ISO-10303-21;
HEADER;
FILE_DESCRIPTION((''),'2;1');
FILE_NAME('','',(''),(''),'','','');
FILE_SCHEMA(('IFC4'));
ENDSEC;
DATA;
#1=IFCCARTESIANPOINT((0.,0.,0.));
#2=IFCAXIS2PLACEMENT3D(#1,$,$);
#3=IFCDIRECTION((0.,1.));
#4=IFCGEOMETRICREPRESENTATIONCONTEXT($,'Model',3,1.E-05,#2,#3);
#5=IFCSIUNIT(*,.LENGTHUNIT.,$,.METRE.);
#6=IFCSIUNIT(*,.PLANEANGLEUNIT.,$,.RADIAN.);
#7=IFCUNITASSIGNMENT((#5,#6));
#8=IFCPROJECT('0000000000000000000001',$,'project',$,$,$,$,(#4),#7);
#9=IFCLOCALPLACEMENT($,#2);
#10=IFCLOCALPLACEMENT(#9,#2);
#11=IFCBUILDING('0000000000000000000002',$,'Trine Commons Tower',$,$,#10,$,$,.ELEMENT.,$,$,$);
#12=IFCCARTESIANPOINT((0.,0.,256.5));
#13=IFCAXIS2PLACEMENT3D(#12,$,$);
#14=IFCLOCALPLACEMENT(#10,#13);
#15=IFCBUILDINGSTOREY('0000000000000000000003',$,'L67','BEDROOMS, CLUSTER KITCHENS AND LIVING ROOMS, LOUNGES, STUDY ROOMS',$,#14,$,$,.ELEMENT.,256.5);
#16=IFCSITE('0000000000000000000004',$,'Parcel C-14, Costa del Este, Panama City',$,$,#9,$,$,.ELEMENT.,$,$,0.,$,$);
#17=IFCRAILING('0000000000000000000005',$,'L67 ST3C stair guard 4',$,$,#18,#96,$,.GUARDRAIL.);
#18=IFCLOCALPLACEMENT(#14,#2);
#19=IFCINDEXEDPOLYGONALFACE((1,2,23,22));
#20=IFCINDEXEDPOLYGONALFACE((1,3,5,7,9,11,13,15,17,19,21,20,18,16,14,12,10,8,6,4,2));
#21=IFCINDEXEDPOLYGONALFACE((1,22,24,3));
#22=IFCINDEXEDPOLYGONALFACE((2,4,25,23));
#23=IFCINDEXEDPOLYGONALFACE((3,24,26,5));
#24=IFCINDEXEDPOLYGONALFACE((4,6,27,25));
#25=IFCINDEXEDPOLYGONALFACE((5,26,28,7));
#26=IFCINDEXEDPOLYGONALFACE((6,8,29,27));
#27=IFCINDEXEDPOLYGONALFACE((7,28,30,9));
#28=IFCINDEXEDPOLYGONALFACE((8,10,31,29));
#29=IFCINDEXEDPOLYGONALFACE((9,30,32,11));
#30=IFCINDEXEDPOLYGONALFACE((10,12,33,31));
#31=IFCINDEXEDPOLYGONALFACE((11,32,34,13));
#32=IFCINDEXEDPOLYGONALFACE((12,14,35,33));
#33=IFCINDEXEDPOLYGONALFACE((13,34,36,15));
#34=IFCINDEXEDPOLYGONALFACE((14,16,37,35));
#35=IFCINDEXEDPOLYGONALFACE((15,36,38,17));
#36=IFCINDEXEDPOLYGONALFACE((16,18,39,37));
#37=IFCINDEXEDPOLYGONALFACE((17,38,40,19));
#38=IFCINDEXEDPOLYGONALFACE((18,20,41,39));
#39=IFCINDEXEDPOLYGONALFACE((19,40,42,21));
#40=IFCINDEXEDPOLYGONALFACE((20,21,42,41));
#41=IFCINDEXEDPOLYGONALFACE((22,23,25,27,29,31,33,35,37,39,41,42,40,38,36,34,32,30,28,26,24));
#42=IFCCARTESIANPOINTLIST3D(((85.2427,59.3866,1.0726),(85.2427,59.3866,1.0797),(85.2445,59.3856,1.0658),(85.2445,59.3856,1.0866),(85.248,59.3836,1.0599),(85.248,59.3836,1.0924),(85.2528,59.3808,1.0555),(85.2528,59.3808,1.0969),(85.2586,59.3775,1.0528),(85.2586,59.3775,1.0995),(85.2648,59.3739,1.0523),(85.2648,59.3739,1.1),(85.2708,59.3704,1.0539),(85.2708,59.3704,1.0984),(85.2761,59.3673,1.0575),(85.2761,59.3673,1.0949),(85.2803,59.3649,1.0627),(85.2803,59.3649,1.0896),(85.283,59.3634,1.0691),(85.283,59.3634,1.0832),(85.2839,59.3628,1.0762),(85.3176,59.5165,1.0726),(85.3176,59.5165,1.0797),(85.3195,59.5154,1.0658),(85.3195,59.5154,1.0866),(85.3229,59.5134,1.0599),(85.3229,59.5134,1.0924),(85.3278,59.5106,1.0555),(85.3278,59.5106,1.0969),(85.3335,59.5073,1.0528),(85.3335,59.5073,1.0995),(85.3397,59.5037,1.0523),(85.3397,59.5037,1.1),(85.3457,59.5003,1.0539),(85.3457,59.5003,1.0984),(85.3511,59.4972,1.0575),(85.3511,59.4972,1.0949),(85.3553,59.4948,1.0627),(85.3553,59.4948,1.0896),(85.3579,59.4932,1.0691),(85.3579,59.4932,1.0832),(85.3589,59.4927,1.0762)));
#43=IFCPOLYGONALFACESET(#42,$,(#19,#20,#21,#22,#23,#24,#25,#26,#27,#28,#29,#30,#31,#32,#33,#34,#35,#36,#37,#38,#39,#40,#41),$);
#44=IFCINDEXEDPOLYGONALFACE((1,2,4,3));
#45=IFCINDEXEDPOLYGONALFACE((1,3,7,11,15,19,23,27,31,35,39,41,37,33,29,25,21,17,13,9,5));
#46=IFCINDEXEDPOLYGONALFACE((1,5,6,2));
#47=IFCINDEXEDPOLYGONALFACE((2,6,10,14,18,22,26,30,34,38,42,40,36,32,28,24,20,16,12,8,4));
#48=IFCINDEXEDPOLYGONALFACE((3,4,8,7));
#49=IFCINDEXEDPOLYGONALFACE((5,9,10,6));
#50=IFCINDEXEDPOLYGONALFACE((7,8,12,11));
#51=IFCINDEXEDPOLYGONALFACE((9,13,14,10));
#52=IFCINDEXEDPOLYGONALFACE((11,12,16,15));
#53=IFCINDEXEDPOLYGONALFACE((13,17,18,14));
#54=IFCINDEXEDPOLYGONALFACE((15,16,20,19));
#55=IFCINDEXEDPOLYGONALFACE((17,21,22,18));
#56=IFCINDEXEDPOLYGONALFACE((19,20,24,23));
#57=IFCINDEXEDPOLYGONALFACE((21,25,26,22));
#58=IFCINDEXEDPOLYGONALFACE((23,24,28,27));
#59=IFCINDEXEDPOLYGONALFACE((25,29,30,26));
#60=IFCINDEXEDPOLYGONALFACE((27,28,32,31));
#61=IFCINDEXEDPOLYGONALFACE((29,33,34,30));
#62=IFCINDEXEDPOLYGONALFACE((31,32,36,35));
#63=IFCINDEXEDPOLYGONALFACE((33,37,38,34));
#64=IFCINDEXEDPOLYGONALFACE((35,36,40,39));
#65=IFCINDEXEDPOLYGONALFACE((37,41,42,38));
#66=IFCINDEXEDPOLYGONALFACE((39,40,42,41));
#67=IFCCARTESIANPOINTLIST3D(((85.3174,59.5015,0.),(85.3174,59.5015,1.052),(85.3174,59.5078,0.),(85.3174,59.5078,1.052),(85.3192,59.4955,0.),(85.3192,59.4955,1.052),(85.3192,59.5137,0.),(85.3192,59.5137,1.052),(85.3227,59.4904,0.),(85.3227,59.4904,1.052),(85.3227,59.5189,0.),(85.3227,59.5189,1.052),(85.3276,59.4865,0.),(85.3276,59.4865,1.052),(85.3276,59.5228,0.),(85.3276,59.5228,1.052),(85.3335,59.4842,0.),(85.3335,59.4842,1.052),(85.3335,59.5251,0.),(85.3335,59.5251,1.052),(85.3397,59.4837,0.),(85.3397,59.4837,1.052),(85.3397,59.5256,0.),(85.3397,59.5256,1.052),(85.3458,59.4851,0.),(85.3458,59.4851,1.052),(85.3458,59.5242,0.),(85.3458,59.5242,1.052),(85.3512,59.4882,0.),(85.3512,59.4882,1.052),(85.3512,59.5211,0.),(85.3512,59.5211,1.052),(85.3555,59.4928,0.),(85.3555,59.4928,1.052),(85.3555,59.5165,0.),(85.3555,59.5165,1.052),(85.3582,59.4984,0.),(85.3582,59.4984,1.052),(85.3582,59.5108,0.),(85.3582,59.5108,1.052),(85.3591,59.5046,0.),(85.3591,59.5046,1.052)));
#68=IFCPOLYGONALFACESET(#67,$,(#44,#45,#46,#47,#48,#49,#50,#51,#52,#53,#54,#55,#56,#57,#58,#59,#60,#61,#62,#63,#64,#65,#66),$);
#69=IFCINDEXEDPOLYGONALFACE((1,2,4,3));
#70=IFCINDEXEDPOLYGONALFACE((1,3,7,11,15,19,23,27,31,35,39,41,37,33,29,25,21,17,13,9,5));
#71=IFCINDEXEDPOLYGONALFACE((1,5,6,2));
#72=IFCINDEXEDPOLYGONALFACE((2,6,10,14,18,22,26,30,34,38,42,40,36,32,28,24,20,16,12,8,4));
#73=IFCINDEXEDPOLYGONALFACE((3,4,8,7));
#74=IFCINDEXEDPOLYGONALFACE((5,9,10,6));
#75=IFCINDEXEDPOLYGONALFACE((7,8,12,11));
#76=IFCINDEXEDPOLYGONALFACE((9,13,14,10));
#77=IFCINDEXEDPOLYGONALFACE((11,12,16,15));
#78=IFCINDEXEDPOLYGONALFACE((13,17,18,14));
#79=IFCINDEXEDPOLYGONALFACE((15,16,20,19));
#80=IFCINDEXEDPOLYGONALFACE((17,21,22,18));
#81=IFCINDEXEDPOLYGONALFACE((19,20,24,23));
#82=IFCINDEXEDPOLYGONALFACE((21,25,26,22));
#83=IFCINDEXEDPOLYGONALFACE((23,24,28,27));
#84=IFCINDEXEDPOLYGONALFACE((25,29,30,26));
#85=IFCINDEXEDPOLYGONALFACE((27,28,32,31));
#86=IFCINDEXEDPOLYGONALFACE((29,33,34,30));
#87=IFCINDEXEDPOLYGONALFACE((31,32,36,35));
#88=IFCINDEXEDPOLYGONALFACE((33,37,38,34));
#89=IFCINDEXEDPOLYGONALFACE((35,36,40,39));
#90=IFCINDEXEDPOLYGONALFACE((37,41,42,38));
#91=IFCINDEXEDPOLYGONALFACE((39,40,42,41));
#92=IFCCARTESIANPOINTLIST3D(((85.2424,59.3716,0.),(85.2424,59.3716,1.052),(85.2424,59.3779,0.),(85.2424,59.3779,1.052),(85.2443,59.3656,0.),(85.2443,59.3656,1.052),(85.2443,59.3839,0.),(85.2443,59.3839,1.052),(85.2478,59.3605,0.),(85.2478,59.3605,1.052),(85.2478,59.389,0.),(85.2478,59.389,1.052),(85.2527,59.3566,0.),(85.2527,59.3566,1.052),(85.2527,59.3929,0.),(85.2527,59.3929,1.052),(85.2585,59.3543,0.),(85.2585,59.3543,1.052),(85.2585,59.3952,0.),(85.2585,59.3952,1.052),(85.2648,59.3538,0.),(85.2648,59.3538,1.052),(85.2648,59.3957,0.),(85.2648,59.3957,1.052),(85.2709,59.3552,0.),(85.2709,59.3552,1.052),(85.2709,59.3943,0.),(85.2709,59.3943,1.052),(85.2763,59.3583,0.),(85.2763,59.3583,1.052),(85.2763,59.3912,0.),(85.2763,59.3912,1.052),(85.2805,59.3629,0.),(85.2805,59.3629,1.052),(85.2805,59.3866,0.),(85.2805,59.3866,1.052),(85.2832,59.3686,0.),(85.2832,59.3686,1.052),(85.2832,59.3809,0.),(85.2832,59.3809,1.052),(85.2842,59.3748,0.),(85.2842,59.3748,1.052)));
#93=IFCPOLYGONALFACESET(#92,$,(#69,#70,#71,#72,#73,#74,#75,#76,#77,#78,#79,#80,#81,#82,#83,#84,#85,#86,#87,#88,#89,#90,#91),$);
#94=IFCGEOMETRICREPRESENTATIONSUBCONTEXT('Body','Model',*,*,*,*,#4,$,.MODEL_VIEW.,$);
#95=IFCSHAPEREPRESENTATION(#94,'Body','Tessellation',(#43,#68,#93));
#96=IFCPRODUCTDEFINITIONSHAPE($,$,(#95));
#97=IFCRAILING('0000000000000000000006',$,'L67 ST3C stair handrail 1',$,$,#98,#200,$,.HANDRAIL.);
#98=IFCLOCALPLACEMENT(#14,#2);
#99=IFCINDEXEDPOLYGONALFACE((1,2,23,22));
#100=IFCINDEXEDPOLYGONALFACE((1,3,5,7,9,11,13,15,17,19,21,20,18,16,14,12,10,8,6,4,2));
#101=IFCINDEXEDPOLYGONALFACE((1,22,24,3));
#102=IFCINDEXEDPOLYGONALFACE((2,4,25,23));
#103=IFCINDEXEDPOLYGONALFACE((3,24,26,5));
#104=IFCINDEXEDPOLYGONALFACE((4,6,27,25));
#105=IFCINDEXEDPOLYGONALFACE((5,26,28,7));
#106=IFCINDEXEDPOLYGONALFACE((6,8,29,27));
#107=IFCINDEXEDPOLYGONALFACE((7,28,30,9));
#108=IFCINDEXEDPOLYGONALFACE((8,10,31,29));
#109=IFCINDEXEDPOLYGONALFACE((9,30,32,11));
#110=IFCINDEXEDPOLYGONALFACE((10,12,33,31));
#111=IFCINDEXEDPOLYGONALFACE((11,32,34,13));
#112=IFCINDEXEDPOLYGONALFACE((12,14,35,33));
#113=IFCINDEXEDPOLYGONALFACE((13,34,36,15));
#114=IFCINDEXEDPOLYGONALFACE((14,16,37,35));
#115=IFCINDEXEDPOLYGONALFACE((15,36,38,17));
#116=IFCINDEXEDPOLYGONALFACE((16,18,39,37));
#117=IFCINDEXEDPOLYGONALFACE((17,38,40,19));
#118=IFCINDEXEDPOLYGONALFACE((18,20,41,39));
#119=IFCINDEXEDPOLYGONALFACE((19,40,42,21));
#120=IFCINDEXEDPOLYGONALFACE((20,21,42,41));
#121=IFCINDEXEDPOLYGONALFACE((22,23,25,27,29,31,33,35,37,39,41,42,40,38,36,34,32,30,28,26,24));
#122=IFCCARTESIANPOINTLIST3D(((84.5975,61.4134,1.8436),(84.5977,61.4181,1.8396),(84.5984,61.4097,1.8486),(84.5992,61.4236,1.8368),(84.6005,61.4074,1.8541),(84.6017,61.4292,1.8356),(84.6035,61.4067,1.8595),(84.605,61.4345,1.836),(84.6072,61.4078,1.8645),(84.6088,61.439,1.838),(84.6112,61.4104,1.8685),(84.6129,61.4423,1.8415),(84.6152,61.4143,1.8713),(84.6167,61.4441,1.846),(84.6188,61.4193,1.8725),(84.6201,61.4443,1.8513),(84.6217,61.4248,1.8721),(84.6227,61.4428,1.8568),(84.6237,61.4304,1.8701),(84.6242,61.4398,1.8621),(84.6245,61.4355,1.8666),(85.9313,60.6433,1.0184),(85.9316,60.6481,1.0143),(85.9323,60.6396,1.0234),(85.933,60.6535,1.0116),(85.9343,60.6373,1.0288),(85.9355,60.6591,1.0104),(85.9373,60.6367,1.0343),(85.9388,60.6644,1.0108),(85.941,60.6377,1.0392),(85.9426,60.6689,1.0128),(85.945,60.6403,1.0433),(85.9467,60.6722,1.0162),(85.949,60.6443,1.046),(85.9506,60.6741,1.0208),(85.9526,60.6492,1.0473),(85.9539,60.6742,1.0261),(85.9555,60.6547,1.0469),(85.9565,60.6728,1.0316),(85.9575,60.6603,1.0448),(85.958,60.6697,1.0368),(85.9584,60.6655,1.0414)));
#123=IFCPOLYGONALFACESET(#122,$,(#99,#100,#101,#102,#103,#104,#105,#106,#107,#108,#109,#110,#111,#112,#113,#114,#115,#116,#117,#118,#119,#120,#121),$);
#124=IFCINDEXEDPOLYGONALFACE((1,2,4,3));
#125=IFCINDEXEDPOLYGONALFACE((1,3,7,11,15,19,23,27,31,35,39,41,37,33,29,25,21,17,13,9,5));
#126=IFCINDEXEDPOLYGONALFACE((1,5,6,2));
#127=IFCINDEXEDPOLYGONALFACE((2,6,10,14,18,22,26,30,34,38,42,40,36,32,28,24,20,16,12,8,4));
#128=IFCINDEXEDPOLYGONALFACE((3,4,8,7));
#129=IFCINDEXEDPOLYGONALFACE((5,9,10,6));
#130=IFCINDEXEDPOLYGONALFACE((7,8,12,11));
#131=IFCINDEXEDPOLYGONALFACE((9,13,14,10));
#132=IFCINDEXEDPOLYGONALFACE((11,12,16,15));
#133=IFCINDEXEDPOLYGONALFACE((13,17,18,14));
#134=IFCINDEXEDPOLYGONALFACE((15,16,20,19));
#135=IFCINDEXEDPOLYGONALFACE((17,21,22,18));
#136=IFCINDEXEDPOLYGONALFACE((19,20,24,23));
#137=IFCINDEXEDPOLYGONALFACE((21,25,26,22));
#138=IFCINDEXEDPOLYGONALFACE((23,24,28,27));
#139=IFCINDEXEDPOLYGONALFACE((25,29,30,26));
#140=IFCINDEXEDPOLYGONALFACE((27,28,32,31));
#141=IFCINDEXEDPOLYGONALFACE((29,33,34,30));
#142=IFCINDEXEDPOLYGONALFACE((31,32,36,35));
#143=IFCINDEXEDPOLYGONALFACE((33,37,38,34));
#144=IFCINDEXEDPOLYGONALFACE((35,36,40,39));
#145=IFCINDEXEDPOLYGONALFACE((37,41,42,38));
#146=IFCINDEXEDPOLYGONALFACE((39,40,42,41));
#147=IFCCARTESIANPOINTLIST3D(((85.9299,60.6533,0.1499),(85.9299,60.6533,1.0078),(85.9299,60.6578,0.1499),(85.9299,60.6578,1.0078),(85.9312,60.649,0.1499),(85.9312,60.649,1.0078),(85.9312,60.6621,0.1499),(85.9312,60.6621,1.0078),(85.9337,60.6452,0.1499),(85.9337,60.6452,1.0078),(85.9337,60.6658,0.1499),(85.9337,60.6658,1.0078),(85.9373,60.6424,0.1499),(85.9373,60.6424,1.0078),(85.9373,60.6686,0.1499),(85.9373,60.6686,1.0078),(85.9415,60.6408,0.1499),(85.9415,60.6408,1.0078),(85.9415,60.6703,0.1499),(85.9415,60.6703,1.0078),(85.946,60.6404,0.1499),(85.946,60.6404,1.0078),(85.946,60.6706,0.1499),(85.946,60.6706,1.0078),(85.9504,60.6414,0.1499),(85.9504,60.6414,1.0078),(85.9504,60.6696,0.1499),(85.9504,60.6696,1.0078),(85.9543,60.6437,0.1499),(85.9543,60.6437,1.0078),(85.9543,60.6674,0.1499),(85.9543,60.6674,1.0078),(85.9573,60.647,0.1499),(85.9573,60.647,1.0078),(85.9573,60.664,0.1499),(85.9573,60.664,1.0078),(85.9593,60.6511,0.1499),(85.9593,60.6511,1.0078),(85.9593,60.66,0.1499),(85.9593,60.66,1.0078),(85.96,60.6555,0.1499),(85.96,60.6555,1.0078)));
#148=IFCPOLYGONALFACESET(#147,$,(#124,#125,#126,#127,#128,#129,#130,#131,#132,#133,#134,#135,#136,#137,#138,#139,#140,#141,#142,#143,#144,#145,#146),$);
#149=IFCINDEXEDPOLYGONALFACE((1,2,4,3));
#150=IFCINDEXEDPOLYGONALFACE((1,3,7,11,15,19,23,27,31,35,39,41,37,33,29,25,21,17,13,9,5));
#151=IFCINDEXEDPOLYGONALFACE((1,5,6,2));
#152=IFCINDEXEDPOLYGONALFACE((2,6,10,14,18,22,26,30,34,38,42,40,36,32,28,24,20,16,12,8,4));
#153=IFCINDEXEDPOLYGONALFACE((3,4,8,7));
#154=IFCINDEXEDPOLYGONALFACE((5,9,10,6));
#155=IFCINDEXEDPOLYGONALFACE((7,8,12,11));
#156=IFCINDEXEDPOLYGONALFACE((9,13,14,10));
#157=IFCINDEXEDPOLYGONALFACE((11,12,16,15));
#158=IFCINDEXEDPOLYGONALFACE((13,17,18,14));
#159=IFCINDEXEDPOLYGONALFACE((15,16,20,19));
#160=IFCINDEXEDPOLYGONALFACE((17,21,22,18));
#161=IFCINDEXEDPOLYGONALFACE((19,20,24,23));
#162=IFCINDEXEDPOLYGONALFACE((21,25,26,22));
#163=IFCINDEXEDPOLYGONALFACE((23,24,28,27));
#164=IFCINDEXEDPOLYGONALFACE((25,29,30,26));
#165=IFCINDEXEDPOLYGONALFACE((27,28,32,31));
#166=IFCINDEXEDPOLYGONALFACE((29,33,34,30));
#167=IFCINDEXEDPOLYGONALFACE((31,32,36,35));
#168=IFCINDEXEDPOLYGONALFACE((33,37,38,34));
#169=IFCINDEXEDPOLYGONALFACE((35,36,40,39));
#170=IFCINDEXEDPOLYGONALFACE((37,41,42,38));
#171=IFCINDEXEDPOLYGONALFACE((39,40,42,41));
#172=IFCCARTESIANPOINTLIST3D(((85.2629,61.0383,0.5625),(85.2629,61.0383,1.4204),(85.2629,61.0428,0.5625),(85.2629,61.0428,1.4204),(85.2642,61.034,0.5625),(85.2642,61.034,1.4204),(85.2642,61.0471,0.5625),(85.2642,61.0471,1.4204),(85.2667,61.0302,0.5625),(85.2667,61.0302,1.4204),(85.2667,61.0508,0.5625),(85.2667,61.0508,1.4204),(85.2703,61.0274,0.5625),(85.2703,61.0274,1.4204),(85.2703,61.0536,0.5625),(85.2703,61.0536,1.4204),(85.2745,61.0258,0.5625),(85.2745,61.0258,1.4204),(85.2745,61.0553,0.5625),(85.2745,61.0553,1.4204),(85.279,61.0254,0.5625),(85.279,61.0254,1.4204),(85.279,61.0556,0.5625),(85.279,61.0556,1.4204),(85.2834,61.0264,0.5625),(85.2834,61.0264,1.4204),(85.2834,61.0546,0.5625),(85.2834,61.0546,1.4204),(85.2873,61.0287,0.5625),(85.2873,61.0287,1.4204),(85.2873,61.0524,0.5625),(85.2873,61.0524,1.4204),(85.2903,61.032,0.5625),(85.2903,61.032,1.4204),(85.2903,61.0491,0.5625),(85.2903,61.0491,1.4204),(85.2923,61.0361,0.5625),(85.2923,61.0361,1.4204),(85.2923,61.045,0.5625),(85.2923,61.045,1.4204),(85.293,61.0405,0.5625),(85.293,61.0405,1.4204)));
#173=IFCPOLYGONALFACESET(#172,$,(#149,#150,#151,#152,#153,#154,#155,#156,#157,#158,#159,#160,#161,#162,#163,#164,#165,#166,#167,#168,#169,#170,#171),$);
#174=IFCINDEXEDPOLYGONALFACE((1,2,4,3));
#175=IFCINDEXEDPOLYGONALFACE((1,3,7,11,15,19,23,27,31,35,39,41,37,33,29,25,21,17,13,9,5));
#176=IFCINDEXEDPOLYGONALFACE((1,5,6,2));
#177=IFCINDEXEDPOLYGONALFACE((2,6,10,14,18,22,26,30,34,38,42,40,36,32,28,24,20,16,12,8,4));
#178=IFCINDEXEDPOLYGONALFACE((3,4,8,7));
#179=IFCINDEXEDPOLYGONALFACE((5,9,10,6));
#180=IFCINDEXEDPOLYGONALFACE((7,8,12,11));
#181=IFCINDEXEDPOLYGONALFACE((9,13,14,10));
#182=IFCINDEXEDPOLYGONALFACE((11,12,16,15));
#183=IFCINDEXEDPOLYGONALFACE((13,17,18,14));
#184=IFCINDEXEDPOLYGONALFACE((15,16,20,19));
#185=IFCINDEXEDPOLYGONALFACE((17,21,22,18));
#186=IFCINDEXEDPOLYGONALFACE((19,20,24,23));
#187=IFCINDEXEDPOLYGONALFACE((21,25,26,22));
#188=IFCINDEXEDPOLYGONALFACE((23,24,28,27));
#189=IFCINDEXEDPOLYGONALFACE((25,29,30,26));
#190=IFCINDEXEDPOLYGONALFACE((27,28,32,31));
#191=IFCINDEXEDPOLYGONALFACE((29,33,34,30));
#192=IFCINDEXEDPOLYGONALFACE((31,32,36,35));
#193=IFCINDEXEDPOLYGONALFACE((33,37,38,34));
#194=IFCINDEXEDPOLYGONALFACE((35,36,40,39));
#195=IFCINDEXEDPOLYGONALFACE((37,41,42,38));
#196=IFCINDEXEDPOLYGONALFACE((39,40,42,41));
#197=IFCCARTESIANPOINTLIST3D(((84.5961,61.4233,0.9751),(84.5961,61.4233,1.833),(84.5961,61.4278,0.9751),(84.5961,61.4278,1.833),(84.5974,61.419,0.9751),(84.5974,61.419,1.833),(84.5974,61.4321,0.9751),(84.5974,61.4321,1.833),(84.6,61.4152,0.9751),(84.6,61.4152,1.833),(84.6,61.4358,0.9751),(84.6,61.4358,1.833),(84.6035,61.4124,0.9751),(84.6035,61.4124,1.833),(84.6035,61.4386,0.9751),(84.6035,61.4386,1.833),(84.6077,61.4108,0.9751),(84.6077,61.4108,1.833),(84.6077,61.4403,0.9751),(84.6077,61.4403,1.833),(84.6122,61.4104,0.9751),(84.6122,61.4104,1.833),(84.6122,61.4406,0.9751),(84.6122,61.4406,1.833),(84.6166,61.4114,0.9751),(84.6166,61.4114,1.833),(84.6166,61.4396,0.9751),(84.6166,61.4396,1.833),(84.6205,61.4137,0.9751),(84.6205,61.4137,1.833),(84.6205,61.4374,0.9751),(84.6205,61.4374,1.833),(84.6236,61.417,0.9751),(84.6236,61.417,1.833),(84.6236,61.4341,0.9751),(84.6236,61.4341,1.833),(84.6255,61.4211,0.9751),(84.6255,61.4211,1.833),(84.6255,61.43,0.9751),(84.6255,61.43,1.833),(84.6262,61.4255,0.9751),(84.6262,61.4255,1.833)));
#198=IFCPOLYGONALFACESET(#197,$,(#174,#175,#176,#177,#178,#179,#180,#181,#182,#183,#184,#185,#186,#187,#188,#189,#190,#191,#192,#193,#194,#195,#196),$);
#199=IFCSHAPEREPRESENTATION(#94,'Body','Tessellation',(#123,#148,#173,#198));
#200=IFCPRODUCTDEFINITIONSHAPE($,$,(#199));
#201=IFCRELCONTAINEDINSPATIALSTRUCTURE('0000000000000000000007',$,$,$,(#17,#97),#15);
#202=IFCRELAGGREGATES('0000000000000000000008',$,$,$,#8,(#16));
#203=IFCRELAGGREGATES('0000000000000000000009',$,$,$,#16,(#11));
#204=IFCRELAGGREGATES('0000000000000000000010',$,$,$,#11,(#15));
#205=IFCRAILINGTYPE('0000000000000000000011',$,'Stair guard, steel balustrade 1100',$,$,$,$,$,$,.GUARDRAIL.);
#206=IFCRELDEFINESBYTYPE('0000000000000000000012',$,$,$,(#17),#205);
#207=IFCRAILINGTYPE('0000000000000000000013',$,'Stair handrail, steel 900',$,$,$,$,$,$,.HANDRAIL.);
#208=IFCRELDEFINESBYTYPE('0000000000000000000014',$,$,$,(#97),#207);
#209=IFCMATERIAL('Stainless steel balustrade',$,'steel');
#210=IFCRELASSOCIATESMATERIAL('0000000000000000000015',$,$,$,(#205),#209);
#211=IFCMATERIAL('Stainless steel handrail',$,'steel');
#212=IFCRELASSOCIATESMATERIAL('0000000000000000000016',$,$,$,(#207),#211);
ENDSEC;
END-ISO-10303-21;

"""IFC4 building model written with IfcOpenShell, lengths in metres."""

from ifc_helpers import new_model, si_unit, direction, frame, origin, origin_2d, place, context, subcontext, project, spatial, circle, extrude, material, type_object, element, save


model = new_model("IFC4")

# Units and contexts
model_context = context("Model", 3, precision=1e-05, world=origin(), true_north=direction((0.0, 1.0)))
body_context = subcontext(model_context, "Body", "Model", "MODEL_VIEW")
ifc_project = project(units=[si_unit("LENGTHUNIT", "METRE"), si_unit("PLANEANGLEUNIT", "RADIAN")], contexts=[model_context])

# Site, building, storey
site_placement = place(None, origin())
site = spatial("IfcSite", under=ifc_project, at=site_placement, Name="Parcel C-14, Costa del Este, Panama City", CompositionType="ELEMENT", RefElevation=0.0)
building_placement = place(site_placement, origin())
building = spatial("IfcBuilding", under=site, at=building_placement, Name="Trine Commons Tower", CompositionType="ELEMENT")
storey_placement = place(building_placement, frame((0.0, 0.0, 256.5)))
storey = spatial("IfcBuildingStorey", under=building, at=storey_placement, Name="L67", Description="BEDROOMS, CLUSTER KITCHENS AND LIVING ROOMS, LOUNGES, STUDY ROOMS", CompositionType="ELEMENT", Elevation=256.5)

# Railings
ifc_material_1 = material(Name="Stainless steel balustrade", Category="steel")
railing_type_1 = type_object("IfcRailingType", Name="Stair guard, steel balustrade 1100", PredefinedType="GUARDRAIL", material=ifc_material_1)
railing_1_placement = place(storey_placement, frame((85.3381, 59.5046, 0.0)))
element("IfcRailing", 1, at=railing_1_placement, inside=storey, type_object=railing_type_1, Name="L67 ST3C stair guard 4", PredefinedType="GUARDRAIL", context=body_context, shape_type="SweptSolid", body=[
    extrude(circle(Radius=0.0239, at=origin_2d()), frame((0.0, 0.0, 1.0762), z_axis=(-0.499816, -0.866131, 0.0), x_axis=(0.866131, -0.499816, 0.0)), (0.0, 0.0, 1.0), 0.1499),
    extrude(circle(Radius=0.021, at=origin_2d()), origin(), (0.0, 0.0, 1.0), 1.052),
    extrude(circle(Radius=0.021, at=origin_2d()), frame((-0.075, -0.1299, 0.0)), (0.0, 0.0, 1.0), 1.052),
])
ifc_material_2 = material(Name="Stainless steel handrail", Category="steel")
railing_type_2 = type_object("IfcRailingType", Name="Stair handrail, steel 900", PredefinedType="HANDRAIL", material=ifc_material_2)
railing_2_placement = place(storey_placement, frame((85.9448, 60.6555, 0.1499)))
element("IfcRailing", 2, at=railing_2_placement, inside=storey, type_object=railing_type_2, Name="L67 ST3C stair handrail 1", PredefinedType="HANDRAIL", context=body_context, shape_type="SweptSolid", body=[
    extrude(circle(Radius=0.021, at=origin_2d()), frame((0.0, 0.0, 0.8789), z_axis=(-0.763355, 0.440714, 0.472293), x_axis=(-0.499992, -0.86603, 0.0)), (0.0, 0.0, 1.0), 1.7473),
    extrude(circle(Radius=0.0151, at=origin_2d()), origin(), (0.0, 0.0, 1.0), 0.8579),
    extrude(circle(Radius=0.0151, at=origin_2d()), frame((-0.667, 0.385, 0.4126)), (0.0, 0.0, 1.0), 0.8579),
    extrude(circle(Radius=0.0151, at=origin_2d()), frame((-1.3337, 0.77, 0.8252)), (0.0, 0.0, 1.0), 0.8579),
])

save(model, "model.ifc")
